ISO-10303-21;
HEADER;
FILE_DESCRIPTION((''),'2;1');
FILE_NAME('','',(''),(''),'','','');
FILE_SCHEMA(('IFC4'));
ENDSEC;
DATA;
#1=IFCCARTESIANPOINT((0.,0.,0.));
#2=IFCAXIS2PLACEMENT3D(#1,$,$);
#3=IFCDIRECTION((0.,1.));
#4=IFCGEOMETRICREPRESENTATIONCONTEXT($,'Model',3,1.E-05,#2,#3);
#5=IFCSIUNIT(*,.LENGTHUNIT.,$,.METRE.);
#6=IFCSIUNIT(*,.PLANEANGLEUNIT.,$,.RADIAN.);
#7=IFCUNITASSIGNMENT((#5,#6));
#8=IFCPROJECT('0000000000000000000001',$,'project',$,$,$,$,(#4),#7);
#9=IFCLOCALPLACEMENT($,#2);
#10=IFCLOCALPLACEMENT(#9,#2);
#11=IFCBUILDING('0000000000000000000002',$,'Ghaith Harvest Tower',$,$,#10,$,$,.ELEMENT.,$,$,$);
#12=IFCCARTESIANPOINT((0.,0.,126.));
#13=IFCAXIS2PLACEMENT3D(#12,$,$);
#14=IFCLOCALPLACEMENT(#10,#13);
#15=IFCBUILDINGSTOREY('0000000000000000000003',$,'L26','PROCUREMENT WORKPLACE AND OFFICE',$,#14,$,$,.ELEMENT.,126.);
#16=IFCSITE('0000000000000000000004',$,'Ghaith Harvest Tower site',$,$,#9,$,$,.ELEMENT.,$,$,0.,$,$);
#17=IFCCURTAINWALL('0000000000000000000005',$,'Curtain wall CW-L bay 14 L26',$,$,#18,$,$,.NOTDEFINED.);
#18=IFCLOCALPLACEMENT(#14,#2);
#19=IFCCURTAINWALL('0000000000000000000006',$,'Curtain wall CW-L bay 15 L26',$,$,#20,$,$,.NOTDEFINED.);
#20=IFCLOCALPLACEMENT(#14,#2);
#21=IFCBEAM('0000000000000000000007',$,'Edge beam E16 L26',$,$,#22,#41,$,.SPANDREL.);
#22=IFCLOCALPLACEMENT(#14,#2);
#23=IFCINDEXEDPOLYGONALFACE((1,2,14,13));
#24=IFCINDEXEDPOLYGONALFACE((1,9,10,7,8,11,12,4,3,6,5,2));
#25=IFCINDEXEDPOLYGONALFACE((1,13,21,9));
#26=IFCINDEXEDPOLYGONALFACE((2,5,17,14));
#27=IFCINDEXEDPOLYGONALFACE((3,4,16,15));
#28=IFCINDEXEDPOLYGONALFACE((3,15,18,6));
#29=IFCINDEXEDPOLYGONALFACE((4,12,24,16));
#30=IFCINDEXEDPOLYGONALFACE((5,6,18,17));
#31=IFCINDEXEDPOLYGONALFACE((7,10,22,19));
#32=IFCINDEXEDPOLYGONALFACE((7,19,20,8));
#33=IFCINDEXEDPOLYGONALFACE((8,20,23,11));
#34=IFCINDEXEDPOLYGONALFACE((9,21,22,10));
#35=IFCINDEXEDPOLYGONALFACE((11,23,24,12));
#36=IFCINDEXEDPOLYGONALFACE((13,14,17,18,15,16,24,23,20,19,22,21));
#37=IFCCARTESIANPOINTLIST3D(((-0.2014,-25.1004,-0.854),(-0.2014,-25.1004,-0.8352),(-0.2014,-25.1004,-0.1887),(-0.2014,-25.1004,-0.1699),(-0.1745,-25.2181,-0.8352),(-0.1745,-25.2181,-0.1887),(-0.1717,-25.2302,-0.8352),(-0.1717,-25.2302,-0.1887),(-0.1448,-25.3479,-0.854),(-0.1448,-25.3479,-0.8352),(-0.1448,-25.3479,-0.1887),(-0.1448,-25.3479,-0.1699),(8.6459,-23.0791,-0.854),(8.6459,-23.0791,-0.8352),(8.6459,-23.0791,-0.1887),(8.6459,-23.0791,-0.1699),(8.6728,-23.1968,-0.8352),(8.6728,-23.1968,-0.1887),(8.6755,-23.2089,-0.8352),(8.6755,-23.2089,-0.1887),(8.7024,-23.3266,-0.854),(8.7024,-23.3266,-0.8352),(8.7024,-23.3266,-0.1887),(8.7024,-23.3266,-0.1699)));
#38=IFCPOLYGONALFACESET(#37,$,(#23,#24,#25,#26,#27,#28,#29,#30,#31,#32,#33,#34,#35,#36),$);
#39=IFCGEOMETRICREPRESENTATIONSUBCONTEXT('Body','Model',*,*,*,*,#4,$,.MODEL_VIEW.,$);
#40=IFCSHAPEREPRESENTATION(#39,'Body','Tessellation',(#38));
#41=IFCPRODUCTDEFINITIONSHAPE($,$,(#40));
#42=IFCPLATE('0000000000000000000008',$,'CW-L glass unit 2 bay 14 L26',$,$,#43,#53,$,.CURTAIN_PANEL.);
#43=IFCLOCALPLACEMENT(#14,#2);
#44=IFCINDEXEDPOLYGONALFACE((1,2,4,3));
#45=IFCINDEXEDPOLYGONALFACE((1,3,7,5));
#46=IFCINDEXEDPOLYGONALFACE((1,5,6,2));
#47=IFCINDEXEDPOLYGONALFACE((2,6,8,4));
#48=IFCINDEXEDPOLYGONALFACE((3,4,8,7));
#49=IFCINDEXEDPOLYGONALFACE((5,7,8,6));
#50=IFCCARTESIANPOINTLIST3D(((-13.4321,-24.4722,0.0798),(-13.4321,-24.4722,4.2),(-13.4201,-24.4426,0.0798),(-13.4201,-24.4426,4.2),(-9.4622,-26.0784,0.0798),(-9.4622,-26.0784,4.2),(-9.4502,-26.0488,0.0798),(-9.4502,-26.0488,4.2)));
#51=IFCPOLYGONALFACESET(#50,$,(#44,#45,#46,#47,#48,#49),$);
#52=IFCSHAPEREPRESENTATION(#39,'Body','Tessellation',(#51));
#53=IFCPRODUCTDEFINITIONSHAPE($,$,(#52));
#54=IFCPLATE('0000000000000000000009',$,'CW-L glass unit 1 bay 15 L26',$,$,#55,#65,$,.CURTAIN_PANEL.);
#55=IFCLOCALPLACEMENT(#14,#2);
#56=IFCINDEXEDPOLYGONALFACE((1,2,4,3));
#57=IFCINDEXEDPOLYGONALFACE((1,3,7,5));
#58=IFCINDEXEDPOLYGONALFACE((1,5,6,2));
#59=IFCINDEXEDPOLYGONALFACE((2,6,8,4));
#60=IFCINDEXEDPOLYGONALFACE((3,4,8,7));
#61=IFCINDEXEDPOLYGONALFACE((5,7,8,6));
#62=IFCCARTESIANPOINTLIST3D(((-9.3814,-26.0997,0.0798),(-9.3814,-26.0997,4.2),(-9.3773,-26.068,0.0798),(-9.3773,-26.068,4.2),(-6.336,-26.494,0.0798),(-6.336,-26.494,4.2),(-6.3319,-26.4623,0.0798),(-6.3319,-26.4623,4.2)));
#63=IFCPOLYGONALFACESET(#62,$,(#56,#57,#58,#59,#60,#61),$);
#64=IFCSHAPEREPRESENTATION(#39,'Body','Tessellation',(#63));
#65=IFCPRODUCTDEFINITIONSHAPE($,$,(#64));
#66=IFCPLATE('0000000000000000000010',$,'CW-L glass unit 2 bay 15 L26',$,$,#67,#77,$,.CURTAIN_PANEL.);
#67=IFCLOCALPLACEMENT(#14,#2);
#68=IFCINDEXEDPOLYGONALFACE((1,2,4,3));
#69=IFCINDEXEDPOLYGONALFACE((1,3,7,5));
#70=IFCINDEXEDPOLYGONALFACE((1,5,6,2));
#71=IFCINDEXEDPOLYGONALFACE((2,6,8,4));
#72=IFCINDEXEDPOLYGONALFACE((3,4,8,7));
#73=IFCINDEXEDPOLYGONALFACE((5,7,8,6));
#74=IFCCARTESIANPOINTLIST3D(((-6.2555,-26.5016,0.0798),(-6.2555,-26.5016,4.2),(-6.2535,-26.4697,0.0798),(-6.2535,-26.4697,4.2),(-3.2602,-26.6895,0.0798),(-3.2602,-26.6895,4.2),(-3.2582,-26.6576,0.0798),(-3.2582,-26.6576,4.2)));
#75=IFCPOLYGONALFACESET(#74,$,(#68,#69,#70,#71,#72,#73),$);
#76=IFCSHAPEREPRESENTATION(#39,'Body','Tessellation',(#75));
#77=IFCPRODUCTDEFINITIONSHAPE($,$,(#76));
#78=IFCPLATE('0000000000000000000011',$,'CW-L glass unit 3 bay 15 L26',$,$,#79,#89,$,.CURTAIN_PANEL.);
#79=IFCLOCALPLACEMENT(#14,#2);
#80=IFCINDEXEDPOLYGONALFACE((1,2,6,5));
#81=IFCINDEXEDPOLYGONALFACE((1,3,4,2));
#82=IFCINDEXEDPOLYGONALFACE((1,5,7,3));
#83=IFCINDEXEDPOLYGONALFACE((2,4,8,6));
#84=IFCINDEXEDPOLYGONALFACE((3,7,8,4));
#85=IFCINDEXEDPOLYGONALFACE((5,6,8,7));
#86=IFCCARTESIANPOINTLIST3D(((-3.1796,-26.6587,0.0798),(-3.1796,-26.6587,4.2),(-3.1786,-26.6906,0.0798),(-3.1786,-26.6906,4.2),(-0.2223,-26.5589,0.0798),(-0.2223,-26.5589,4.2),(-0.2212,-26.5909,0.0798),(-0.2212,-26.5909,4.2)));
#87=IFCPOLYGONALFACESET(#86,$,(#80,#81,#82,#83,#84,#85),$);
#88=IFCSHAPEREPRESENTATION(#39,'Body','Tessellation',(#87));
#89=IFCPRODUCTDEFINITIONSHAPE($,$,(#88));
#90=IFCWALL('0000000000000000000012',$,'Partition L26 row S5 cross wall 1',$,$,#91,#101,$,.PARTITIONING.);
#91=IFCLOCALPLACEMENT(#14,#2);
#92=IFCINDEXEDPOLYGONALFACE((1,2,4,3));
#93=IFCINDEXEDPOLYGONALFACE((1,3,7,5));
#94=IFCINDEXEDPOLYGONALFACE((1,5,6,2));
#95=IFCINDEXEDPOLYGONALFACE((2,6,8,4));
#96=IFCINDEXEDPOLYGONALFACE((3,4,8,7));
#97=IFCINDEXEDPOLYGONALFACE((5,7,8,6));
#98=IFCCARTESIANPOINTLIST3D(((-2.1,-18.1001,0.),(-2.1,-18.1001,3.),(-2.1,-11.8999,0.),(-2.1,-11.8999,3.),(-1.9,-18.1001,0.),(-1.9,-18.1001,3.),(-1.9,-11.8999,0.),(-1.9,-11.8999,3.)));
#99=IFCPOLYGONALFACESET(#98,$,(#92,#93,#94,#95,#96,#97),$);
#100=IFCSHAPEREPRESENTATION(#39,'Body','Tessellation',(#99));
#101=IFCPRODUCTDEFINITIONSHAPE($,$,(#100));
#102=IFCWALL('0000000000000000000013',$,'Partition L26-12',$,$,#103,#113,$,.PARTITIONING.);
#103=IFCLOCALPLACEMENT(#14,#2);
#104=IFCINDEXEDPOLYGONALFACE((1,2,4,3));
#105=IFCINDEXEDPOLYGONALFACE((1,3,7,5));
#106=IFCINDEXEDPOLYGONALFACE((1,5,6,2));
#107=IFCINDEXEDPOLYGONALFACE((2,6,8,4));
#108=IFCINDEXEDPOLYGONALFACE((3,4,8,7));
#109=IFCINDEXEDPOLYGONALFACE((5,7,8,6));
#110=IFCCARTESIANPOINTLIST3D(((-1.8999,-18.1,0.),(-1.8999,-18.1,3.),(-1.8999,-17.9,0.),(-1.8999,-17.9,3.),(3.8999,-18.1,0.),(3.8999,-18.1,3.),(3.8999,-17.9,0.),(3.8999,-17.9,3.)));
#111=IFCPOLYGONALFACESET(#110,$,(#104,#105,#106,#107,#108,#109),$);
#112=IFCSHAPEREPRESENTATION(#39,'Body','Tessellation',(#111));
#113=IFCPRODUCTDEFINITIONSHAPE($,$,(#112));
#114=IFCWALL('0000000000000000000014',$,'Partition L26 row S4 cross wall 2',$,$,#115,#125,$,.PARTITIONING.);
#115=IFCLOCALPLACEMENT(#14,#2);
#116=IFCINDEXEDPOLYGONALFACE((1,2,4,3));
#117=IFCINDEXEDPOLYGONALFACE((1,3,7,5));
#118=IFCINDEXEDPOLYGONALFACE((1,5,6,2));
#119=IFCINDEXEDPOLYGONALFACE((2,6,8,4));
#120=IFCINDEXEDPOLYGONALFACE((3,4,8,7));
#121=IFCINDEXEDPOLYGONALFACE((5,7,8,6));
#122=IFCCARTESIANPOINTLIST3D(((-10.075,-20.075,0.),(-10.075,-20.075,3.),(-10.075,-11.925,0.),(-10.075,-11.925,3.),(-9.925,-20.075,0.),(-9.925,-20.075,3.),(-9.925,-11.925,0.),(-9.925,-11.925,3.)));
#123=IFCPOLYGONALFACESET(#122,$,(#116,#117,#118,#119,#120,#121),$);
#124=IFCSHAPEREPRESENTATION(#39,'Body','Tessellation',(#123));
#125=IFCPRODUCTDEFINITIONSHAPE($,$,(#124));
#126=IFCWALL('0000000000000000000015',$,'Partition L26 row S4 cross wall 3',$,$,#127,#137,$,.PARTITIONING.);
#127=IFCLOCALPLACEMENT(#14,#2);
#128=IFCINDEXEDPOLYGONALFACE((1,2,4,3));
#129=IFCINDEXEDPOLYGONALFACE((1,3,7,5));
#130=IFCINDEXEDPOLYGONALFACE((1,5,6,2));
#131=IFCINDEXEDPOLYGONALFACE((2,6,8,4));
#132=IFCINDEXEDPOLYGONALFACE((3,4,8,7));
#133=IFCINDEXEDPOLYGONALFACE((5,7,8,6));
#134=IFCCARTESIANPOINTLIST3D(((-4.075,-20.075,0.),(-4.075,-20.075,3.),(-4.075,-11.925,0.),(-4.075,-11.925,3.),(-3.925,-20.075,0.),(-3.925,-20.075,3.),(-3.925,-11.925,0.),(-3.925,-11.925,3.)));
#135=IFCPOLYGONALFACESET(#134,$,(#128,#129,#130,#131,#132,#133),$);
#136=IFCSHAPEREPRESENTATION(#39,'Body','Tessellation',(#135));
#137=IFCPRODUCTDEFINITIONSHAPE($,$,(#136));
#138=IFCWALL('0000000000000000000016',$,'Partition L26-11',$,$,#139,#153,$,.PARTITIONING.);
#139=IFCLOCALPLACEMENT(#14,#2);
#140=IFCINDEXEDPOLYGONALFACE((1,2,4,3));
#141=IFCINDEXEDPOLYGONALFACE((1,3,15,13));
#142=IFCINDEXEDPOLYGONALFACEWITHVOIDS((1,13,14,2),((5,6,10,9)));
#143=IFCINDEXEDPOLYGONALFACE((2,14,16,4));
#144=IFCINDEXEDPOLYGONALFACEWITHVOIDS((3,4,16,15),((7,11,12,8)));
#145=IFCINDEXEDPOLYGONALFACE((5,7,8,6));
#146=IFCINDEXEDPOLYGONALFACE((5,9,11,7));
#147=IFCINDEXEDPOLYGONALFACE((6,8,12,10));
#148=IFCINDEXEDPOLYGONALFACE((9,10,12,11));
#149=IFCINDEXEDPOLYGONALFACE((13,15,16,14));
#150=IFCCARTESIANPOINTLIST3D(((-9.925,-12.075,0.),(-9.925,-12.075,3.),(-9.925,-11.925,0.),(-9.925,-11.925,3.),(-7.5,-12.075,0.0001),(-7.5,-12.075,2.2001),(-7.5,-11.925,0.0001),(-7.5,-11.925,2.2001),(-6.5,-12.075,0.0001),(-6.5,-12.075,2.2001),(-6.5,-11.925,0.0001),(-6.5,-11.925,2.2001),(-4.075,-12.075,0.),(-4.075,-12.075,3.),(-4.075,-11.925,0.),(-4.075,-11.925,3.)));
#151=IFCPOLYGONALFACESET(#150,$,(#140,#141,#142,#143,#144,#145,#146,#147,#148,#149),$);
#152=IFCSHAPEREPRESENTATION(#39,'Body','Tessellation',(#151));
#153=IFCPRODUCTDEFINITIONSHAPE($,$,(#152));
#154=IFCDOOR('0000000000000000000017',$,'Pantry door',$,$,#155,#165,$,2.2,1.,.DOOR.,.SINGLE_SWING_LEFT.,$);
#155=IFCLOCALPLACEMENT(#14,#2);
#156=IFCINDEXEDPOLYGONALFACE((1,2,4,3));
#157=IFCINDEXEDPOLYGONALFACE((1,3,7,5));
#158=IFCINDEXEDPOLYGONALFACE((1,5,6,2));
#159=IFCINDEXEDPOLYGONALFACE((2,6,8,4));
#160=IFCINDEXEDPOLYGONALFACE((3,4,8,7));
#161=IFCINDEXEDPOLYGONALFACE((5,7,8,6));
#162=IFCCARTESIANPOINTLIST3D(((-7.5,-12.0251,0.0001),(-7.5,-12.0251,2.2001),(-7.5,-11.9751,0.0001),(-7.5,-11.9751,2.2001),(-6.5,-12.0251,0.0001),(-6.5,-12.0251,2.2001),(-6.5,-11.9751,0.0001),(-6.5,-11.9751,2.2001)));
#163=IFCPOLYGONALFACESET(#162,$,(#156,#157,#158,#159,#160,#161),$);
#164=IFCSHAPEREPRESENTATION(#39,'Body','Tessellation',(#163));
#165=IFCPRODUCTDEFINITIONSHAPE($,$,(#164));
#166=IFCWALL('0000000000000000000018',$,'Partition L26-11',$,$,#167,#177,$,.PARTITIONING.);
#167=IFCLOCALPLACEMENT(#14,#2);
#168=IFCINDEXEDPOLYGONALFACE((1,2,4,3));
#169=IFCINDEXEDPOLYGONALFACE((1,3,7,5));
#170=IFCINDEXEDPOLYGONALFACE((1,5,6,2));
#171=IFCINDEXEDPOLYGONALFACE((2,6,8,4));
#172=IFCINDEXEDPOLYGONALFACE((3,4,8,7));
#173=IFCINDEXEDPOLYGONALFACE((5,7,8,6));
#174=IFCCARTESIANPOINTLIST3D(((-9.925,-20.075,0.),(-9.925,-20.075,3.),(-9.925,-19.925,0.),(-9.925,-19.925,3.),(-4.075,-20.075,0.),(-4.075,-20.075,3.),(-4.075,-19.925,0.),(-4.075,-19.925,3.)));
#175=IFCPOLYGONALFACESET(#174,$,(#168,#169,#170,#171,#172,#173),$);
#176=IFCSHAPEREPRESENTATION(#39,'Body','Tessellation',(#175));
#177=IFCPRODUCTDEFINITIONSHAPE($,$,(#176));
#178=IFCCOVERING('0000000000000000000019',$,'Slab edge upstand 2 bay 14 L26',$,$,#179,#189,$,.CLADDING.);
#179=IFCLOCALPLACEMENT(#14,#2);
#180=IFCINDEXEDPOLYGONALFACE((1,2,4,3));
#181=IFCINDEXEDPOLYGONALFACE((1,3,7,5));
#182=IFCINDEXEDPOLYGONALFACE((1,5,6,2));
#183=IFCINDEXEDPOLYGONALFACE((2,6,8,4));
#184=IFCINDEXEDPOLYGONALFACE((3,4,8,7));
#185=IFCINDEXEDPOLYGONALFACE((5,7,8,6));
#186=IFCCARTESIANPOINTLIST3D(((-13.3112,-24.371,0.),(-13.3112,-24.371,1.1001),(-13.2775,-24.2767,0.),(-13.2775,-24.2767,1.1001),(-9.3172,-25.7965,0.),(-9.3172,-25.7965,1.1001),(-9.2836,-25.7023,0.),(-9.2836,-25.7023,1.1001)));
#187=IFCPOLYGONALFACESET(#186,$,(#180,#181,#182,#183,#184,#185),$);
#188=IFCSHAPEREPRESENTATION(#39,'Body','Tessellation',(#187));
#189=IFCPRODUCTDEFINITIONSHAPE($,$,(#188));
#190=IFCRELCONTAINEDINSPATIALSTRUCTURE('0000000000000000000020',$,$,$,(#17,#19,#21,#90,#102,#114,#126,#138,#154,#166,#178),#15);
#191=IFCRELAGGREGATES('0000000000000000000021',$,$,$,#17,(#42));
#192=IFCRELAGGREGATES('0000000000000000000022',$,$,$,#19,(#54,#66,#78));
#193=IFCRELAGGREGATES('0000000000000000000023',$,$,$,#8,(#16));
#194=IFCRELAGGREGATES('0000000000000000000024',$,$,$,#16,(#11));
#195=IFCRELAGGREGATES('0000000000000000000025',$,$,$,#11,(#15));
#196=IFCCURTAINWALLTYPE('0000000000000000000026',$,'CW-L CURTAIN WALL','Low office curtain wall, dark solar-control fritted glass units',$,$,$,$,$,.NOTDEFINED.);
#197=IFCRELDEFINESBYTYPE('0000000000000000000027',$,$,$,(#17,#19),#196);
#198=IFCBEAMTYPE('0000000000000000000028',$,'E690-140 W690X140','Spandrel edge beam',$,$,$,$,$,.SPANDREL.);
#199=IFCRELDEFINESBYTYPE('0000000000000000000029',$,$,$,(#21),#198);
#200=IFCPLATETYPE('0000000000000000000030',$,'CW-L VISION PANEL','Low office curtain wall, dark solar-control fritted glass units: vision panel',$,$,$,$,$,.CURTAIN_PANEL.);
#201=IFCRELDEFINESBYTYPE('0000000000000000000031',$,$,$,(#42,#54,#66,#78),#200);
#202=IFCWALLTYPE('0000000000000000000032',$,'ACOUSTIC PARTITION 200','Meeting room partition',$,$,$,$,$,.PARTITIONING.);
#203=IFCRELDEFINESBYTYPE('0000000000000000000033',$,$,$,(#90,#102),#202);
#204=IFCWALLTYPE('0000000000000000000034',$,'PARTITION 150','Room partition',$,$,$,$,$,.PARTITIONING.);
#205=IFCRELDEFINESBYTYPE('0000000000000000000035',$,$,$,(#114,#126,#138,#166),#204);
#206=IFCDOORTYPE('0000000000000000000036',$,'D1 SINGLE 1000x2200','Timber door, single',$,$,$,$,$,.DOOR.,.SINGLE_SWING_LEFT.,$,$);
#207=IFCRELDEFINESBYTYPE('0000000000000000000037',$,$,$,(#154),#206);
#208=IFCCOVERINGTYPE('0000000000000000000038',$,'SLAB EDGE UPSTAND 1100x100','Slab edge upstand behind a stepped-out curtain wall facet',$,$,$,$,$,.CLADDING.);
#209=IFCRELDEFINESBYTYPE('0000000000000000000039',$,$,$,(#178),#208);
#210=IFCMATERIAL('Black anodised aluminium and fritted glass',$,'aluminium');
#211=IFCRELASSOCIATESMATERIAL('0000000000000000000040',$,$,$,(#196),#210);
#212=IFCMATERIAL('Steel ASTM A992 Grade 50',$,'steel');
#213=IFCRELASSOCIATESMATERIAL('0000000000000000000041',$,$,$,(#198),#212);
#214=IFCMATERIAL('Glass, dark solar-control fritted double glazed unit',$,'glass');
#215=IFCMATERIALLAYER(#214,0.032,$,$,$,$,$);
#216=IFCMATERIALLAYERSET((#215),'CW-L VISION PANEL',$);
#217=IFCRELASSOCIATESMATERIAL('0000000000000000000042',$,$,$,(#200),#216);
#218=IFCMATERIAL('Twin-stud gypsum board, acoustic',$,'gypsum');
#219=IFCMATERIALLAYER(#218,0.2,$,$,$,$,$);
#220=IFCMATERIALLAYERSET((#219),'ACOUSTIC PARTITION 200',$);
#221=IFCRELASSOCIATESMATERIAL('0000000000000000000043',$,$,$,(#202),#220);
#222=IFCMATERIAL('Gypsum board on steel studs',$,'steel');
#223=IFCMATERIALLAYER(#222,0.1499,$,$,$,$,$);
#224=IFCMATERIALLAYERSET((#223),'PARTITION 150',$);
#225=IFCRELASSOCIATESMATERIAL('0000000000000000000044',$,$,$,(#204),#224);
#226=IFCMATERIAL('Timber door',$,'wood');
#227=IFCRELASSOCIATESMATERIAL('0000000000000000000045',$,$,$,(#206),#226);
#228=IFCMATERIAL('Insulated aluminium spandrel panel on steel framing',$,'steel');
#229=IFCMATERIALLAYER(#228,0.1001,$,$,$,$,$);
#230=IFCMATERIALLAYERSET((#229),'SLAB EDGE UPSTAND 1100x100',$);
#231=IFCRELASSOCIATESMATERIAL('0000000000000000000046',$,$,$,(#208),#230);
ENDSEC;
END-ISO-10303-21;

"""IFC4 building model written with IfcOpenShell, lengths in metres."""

from ifc_helpers import new_model, si_unit, direction, frame, frame_2d, origin, origin_2d, place, context, subcontext, project, spatial, rectangle, i_section, extrude, material, layer, layer_set, material_profile, profile_set, type_object, element, fill, aggregate, save


model = new_model("IFC4")

# Units and contexts
model_context = context("Model", 3, precision=1e-05, world=origin(), true_north=direction((0.0, 1.0)))
body_context = subcontext(model_context, "Body", "Model", "MODEL_VIEW")
ifc_project = project(units=[si_unit("LENGTHUNIT", "METRE"), si_unit("PLANEANGLEUNIT", "RADIAN")], contexts=[model_context])

# Site, building, storey
site_placement = place(None, origin())
site = spatial("IfcSite", under=ifc_project, at=site_placement, Name="Ghaith Harvest Tower site", CompositionType="ELEMENT", RefElevation=0.0)
building_placement = place(site_placement, origin())
building = spatial("IfcBuilding", under=site, at=building_placement, Name="Ghaith Harvest Tower", CompositionType="ELEMENT")
storey_placement = place(building_placement, frame((0.0, 0.0, 126.0)))
storey = spatial("IfcBuildingStorey", under=building, at=storey_placement, Name="L26", Description="PROCUREMENT WORKPLACE AND OFFICE", CompositionType="ELEMENT", Elevation=126.0)

# Curtain wall
ifc_material_1 = material(Name="Black anodised aluminium and fritted glass", Category="aluminium")
curtain_wall_type = type_object("IfcCurtainWallType", Name="CW-L CURTAIN WALL", Description="Low office curtain wall, dark solar-control fritted glass units", PredefinedType="NOTDEFINED", material=ifc_material_1)
curtain_wall_1_placement = place(storey_placement, origin())
curtain_wall_1 = element("IfcCurtainWall", 1, at=curtain_wall_1_placement, inside=storey, type_object=curtain_wall_type, Name="Curtain wall CW-L bay 14 L26", PredefinedType="NOTDEFINED")

# Curtain wall
curtain_wall_2_placement = place(storey_placement, origin())
curtain_wall_2 = element("IfcCurtainWall", 2, at=curtain_wall_2_placement, inside=storey, type_object=curtain_wall_type, Name="Curtain wall CW-L bay 15 L26", PredefinedType="NOTDEFINED")

# Beam
ifc_material_2 = material(Name="Steel ASTM A992 Grade 50", Category="steel")
ifc_material_profile_1 = material_profile(ifc_material_2, i_section(OverallWidth=0.2539, OverallDepth=0.6841, WebThickness=0.0125, FlangeThickness=0.0188, at=origin_2d()), Name="W690X140")
ifc_profile_set_1 = profile_set([ifc_material_profile_1], Name="Steel ASTM A992 Grade 50")
beam_type = type_object("IfcBeamType", Name="E690-140 W690X140", Description="Spandrel edge beam", PredefinedType="SPANDREL", material=ifc_profile_set_1)
beam_1_placement = place(storey_placement, frame((-0.1731, -25.2241, -0.512), z_axis=(0.974882, 0.222723, 0.0), x_axis=(-0.222723, 0.974882, 0.0)))
element("IfcBeam", 3, at=beam_1_placement, inside=storey, type_object=beam_type, Name="Edge beam E16 L26", PredefinedType="SPANDREL", context=body_context, shape_type="SweptSolid", body=[
    extrude(i_section(OverallWidth=0.2539, OverallDepth=0.6841, WebThickness=0.0125, FlangeThickness=0.0188, at=origin_2d()), origin(), (0.0, 0.0, 1.0), 9.0752),
])

# Plates
ifc_material_3 = material(Name="Glass, dark solar-control fritted double glazed unit", Category="glass")
ifc_layer_1 = layer(ifc_material_3, 0.032)
ifc_layer_set_1 = layer_set([ifc_layer_1], Name="CW-L VISION PANEL")
plate_type = type_object("IfcPlateType", Name="CW-L VISION PANEL", Description="Low office curtain wall, dark solar-control fritted glass units: vision panel", PredefinedType="CURTAIN_PANEL", material=ifc_layer_set_1)
plate_1_placement = place(storey_placement, frame((-11.4412, -25.2605, 0.0798), z_axis=(0.0, 0.0, 1.0), x_axis=(0.927003, -0.375055, 0.0)))
plate_1 = element("IfcPlate", 4, at=plate_1_placement, type_object=plate_type, Name="CW-L glass unit 2 bay 14 L26", PredefinedType="CURTAIN_PANEL", context=body_context, shape_type="SweptSolid", body=[
    extrude(rectangle(XDim=4.2825, YDim=0.032, at=origin_2d()), origin(), (0.0, 0.0, 1.0), 4.1201),
])
aggregate(curtain_wall_1, [plate_1])
plate_2_placement = place(storey_placement, frame((-7.8567, -26.281, 0.0798), z_axis=(0.0, 0.0, 1.0), x_axis=(0.991723, -0.128392, 0.0)))
plate_2 = element("IfcPlate", 5, at=plate_2_placement, type_object=plate_type, Name="CW-L glass unit 1 bay 15 L26", PredefinedType="CURTAIN_PANEL", context=body_context, shape_type="SweptSolid", body=[
    extrude(rectangle(XDim=3.0708, YDim=0.032, at=origin_2d()), origin(), (0.0, 0.0, 1.0), 4.1201),
])
plate_3_placement = place(storey_placement, frame((-4.7568, -26.5796, 0.0798), z_axis=(0.0, 0.0, 1.0), x_axis=(0.998038, -0.062607, 0.0)))
plate_3 = element("IfcPlate", 6, at=plate_3_placement, type_object=plate_type, Name="CW-L glass unit 2 bay 15 L26", PredefinedType="CURTAIN_PANEL", context=body_context, shape_type="SweptSolid", body=[
    extrude(rectangle(XDim=3.0012, YDim=0.032, at=origin_2d()), origin(), (0.0, 0.0, 1.0), 4.1201),
])
plate_4_placement = place(storey_placement, frame((-1.7004, -26.6248, 0.0798), z_axis=(0.0, 0.0, 1.0), x_axis=(0.999432, 0.033714, 0.0)))
plate_4 = element("IfcPlate", 7, at=plate_4_placement, type_object=plate_type, Name="CW-L glass unit 3 bay 15 L26", PredefinedType="CURTAIN_PANEL", context=body_context, shape_type="SweptSolid", body=[
    extrude(rectangle(XDim=2.959, YDim=0.032, at=origin_2d()), origin(), (0.0, 0.0, 1.0), 4.1201),
])
aggregate(curtain_wall_2, [plate_2, plate_3, plate_4])

# Wall
ifc_material_4 = material(Name="Twin-stud gypsum board, acoustic", Category="gypsum")
ifc_layer_2 = layer(ifc_material_4, 0.2)
ifc_layer_set_2 = layer_set([ifc_layer_2], Name="ACOUSTIC PARTITION 200")
wall_type_1 = type_object("IfcWallType", Name="ACOUSTIC PARTITION 200", Description="Meeting room partition", PredefinedType="PARTITIONING", material=ifc_layer_set_2)
wall_1_placement = place(storey_placement, frame((-2.0, -11.8999, 0.0), z_axis=(0.0, 0.0, 1.0), x_axis=(0.0, -1.0, 0.0)))
element("IfcWall", 8, at=wall_1_placement, inside=storey, type_object=wall_type_1, Name="Partition L26 row S5 cross wall 1", PredefinedType="PARTITIONING", context=body_context, shape_type="SweptSolid", body=[
    extrude(rectangle(XDim=6.2002, YDim=0.2, at=frame_2d((3.1001, 0.0))), origin(), (0.0, 0.0, 1.0), 3.0),
])

# Walls
wall_2_placement = place(storey_placement, frame((-1.8999, -18.0, 0.0), z_axis=(0.0, 0.0, 1.0), x_axis=(1.0, 0.0, 0.0)))
element("IfcWall", 9, at=wall_2_placement, inside=storey, type_object=wall_type_1, Name="Partition L26-12", PredefinedType="PARTITIONING", context=body_context, shape_type="SweptSolid", body=[
    extrude(rectangle(XDim=5.7998, YDim=0.2, at=frame_2d((2.8999, 0.0))), origin(), (0.0, 0.0, 1.0), 3.0),
])
ifc_material_5 = material(Name="Gypsum board on steel studs", Category="steel")
ifc_layer_3 = layer(ifc_material_5, 0.1499)
ifc_layer_set_3 = layer_set([ifc_layer_3], Name="PARTITION 150")
wall_type_2 = type_object("IfcWallType", Name="PARTITION 150", Description="Room partition", PredefinedType="PARTITIONING", material=ifc_layer_set_3)
for number, where, z_axis, x_axis, name in (
    (10, (-10.0, -11.925, 0.0), (0.0, 0.0, 1.0), (0.0, -1.0, 0.0), "Partition L26 row S4 cross wall 2"),
    (11, (-4.0, -11.925, 0.0), (0.0, 0.0, 1.0), (0.0, -1.0, 0.0), "Partition L26 row S4 cross wall 3"),
):
    element("IfcWall", number, at=place(storey_placement, frame(where, z_axis=z_axis, x_axis=x_axis)), inside=storey, type_object=wall_type_2, Name=name, PredefinedType="PARTITIONING", context=body_context, shape_type="SweptSolid", body=[
        extrude(rectangle(XDim=8.1499, YDim=0.1499, at=frame_2d((4.075, 0.0))), origin(), (0.0, 0.0, 1.0), 3.0),
    ])

# Wall, opening, door
wall_3_placement = place(storey_placement, frame((-9.925, -12.0, 0.0), z_axis=(0.0, 0.0, 1.0), x_axis=(1.0, 0.0, 0.0)))
wall_3 = element("IfcWall", 12, at=wall_3_placement, inside=storey, type_object=wall_type_2, Name="Partition L26-11", PredefinedType="PARTITIONING", context=body_context, shape_type="SweptSolid", body=[
    extrude(rectangle(XDim=5.8501, YDim=0.1499, at=frame_2d((2.925, 0.0))), origin(), (0.0, 0.0, 1.0), 3.0),
])
opening_1_placement = place(wall_3_placement, frame((2.425, 0.0, 0.0)))
opening_1 = element("IfcOpeningElement", 13, at=opening_1_placement, cuts=wall_3, PredefinedType="OPENING", context=body_context, shape_type="SweptSolid", body=[
    extrude(rectangle(XDim=1.0, YDim=2.2, at=frame_2d((0.5, 1.1001))), frame((0.0, 0.085, 0.0), z_axis=(0.0, -1.0, 0.0), x_axis=(1.0, 0.0, 0.0)), (0.0, 0.0, 1.0), 0.1699),
])
ifc_material_6 = material(Name="Timber door", Category="wood")
door_type_1 = type_object("IfcDoorType", Name="D1 SINGLE 1000x2200", Description="Timber door, single", OperationType="SINGLE_SWING_LEFT", PredefinedType="DOOR", material=ifc_material_6)
door_1_placement = place(opening_1_placement, origin())
door_1 = element("IfcDoor", 14, at=door_1_placement, inside=storey, type_object=door_type_1, Name="Pantry door", OperationType="SINGLE_SWING_LEFT", OverallHeight=2.2, OverallWidth=1.0, PredefinedType="DOOR", context=body_context, shape_type="SweptSolid", body=[
    extrude(rectangle(XDim=1.0, YDim=2.2, at=frame_2d((0.5, 1.1001))), frame((0.0, 0.0249, 0.0), z_axis=(0.0, -1.0, 0.0), x_axis=(1.0, 0.0, 0.0)), (0.0, 0.0, 1.0), 0.05),
])
fill(opening_1, door_1)

# Wall
wall_4_placement = place(storey_placement, frame((-9.925, -20.0, 0.0), z_axis=(0.0, 0.0, 1.0), x_axis=(1.0, 0.0, 0.0)))
element("IfcWall", 15, at=wall_4_placement, inside=storey, type_object=wall_type_2, Name="Partition L26-11", PredefinedType="PARTITIONING", context=body_context, shape_type="SweptSolid", body=[
    extrude(rectangle(XDim=5.8501, YDim=0.1499, at=frame_2d((2.925, 0.0))), origin(), (0.0, 0.0, 1.0), 3.0),
])

# Covering
ifc_material_7 = material(Name="Insulated aluminium spandrel panel on steel framing", Category="steel")
ifc_layer_4 = layer(ifc_material_7, 0.1001)
ifc_layer_set_4 = layer_set([ifc_layer_4], Name="SLAB EDGE UPSTAND 1100x100")
covering_type = type_object("IfcCoveringType", Name="SLAB EDGE UPSTAND 1100x100", Description="Slab edge upstand behind a stepped-out curtain wall facet", PredefinedType="CLADDING", material=ifc_layer_set_4)
covering_1_placement = place(storey_placement, frame((-11.2974, -25.0366, 0.0), z_axis=(0.0, 0.0, 1.0), x_axis=(0.941807, -0.336154, 0.0)))
element("IfcCovering", 16, at=covering_1_placement, inside=storey, type_object=covering_type, Name="Slab edge upstand 2 bay 14 L26", PredefinedType="CLADDING", context=body_context, shape_type="SweptSolid", body=[
    extrude(rectangle(XDim=4.2407, YDim=0.1001, at=origin_2d()), origin(), (0.0, 0.0, 1.0), 1.1001),
])

save(model, "model.ifc")
